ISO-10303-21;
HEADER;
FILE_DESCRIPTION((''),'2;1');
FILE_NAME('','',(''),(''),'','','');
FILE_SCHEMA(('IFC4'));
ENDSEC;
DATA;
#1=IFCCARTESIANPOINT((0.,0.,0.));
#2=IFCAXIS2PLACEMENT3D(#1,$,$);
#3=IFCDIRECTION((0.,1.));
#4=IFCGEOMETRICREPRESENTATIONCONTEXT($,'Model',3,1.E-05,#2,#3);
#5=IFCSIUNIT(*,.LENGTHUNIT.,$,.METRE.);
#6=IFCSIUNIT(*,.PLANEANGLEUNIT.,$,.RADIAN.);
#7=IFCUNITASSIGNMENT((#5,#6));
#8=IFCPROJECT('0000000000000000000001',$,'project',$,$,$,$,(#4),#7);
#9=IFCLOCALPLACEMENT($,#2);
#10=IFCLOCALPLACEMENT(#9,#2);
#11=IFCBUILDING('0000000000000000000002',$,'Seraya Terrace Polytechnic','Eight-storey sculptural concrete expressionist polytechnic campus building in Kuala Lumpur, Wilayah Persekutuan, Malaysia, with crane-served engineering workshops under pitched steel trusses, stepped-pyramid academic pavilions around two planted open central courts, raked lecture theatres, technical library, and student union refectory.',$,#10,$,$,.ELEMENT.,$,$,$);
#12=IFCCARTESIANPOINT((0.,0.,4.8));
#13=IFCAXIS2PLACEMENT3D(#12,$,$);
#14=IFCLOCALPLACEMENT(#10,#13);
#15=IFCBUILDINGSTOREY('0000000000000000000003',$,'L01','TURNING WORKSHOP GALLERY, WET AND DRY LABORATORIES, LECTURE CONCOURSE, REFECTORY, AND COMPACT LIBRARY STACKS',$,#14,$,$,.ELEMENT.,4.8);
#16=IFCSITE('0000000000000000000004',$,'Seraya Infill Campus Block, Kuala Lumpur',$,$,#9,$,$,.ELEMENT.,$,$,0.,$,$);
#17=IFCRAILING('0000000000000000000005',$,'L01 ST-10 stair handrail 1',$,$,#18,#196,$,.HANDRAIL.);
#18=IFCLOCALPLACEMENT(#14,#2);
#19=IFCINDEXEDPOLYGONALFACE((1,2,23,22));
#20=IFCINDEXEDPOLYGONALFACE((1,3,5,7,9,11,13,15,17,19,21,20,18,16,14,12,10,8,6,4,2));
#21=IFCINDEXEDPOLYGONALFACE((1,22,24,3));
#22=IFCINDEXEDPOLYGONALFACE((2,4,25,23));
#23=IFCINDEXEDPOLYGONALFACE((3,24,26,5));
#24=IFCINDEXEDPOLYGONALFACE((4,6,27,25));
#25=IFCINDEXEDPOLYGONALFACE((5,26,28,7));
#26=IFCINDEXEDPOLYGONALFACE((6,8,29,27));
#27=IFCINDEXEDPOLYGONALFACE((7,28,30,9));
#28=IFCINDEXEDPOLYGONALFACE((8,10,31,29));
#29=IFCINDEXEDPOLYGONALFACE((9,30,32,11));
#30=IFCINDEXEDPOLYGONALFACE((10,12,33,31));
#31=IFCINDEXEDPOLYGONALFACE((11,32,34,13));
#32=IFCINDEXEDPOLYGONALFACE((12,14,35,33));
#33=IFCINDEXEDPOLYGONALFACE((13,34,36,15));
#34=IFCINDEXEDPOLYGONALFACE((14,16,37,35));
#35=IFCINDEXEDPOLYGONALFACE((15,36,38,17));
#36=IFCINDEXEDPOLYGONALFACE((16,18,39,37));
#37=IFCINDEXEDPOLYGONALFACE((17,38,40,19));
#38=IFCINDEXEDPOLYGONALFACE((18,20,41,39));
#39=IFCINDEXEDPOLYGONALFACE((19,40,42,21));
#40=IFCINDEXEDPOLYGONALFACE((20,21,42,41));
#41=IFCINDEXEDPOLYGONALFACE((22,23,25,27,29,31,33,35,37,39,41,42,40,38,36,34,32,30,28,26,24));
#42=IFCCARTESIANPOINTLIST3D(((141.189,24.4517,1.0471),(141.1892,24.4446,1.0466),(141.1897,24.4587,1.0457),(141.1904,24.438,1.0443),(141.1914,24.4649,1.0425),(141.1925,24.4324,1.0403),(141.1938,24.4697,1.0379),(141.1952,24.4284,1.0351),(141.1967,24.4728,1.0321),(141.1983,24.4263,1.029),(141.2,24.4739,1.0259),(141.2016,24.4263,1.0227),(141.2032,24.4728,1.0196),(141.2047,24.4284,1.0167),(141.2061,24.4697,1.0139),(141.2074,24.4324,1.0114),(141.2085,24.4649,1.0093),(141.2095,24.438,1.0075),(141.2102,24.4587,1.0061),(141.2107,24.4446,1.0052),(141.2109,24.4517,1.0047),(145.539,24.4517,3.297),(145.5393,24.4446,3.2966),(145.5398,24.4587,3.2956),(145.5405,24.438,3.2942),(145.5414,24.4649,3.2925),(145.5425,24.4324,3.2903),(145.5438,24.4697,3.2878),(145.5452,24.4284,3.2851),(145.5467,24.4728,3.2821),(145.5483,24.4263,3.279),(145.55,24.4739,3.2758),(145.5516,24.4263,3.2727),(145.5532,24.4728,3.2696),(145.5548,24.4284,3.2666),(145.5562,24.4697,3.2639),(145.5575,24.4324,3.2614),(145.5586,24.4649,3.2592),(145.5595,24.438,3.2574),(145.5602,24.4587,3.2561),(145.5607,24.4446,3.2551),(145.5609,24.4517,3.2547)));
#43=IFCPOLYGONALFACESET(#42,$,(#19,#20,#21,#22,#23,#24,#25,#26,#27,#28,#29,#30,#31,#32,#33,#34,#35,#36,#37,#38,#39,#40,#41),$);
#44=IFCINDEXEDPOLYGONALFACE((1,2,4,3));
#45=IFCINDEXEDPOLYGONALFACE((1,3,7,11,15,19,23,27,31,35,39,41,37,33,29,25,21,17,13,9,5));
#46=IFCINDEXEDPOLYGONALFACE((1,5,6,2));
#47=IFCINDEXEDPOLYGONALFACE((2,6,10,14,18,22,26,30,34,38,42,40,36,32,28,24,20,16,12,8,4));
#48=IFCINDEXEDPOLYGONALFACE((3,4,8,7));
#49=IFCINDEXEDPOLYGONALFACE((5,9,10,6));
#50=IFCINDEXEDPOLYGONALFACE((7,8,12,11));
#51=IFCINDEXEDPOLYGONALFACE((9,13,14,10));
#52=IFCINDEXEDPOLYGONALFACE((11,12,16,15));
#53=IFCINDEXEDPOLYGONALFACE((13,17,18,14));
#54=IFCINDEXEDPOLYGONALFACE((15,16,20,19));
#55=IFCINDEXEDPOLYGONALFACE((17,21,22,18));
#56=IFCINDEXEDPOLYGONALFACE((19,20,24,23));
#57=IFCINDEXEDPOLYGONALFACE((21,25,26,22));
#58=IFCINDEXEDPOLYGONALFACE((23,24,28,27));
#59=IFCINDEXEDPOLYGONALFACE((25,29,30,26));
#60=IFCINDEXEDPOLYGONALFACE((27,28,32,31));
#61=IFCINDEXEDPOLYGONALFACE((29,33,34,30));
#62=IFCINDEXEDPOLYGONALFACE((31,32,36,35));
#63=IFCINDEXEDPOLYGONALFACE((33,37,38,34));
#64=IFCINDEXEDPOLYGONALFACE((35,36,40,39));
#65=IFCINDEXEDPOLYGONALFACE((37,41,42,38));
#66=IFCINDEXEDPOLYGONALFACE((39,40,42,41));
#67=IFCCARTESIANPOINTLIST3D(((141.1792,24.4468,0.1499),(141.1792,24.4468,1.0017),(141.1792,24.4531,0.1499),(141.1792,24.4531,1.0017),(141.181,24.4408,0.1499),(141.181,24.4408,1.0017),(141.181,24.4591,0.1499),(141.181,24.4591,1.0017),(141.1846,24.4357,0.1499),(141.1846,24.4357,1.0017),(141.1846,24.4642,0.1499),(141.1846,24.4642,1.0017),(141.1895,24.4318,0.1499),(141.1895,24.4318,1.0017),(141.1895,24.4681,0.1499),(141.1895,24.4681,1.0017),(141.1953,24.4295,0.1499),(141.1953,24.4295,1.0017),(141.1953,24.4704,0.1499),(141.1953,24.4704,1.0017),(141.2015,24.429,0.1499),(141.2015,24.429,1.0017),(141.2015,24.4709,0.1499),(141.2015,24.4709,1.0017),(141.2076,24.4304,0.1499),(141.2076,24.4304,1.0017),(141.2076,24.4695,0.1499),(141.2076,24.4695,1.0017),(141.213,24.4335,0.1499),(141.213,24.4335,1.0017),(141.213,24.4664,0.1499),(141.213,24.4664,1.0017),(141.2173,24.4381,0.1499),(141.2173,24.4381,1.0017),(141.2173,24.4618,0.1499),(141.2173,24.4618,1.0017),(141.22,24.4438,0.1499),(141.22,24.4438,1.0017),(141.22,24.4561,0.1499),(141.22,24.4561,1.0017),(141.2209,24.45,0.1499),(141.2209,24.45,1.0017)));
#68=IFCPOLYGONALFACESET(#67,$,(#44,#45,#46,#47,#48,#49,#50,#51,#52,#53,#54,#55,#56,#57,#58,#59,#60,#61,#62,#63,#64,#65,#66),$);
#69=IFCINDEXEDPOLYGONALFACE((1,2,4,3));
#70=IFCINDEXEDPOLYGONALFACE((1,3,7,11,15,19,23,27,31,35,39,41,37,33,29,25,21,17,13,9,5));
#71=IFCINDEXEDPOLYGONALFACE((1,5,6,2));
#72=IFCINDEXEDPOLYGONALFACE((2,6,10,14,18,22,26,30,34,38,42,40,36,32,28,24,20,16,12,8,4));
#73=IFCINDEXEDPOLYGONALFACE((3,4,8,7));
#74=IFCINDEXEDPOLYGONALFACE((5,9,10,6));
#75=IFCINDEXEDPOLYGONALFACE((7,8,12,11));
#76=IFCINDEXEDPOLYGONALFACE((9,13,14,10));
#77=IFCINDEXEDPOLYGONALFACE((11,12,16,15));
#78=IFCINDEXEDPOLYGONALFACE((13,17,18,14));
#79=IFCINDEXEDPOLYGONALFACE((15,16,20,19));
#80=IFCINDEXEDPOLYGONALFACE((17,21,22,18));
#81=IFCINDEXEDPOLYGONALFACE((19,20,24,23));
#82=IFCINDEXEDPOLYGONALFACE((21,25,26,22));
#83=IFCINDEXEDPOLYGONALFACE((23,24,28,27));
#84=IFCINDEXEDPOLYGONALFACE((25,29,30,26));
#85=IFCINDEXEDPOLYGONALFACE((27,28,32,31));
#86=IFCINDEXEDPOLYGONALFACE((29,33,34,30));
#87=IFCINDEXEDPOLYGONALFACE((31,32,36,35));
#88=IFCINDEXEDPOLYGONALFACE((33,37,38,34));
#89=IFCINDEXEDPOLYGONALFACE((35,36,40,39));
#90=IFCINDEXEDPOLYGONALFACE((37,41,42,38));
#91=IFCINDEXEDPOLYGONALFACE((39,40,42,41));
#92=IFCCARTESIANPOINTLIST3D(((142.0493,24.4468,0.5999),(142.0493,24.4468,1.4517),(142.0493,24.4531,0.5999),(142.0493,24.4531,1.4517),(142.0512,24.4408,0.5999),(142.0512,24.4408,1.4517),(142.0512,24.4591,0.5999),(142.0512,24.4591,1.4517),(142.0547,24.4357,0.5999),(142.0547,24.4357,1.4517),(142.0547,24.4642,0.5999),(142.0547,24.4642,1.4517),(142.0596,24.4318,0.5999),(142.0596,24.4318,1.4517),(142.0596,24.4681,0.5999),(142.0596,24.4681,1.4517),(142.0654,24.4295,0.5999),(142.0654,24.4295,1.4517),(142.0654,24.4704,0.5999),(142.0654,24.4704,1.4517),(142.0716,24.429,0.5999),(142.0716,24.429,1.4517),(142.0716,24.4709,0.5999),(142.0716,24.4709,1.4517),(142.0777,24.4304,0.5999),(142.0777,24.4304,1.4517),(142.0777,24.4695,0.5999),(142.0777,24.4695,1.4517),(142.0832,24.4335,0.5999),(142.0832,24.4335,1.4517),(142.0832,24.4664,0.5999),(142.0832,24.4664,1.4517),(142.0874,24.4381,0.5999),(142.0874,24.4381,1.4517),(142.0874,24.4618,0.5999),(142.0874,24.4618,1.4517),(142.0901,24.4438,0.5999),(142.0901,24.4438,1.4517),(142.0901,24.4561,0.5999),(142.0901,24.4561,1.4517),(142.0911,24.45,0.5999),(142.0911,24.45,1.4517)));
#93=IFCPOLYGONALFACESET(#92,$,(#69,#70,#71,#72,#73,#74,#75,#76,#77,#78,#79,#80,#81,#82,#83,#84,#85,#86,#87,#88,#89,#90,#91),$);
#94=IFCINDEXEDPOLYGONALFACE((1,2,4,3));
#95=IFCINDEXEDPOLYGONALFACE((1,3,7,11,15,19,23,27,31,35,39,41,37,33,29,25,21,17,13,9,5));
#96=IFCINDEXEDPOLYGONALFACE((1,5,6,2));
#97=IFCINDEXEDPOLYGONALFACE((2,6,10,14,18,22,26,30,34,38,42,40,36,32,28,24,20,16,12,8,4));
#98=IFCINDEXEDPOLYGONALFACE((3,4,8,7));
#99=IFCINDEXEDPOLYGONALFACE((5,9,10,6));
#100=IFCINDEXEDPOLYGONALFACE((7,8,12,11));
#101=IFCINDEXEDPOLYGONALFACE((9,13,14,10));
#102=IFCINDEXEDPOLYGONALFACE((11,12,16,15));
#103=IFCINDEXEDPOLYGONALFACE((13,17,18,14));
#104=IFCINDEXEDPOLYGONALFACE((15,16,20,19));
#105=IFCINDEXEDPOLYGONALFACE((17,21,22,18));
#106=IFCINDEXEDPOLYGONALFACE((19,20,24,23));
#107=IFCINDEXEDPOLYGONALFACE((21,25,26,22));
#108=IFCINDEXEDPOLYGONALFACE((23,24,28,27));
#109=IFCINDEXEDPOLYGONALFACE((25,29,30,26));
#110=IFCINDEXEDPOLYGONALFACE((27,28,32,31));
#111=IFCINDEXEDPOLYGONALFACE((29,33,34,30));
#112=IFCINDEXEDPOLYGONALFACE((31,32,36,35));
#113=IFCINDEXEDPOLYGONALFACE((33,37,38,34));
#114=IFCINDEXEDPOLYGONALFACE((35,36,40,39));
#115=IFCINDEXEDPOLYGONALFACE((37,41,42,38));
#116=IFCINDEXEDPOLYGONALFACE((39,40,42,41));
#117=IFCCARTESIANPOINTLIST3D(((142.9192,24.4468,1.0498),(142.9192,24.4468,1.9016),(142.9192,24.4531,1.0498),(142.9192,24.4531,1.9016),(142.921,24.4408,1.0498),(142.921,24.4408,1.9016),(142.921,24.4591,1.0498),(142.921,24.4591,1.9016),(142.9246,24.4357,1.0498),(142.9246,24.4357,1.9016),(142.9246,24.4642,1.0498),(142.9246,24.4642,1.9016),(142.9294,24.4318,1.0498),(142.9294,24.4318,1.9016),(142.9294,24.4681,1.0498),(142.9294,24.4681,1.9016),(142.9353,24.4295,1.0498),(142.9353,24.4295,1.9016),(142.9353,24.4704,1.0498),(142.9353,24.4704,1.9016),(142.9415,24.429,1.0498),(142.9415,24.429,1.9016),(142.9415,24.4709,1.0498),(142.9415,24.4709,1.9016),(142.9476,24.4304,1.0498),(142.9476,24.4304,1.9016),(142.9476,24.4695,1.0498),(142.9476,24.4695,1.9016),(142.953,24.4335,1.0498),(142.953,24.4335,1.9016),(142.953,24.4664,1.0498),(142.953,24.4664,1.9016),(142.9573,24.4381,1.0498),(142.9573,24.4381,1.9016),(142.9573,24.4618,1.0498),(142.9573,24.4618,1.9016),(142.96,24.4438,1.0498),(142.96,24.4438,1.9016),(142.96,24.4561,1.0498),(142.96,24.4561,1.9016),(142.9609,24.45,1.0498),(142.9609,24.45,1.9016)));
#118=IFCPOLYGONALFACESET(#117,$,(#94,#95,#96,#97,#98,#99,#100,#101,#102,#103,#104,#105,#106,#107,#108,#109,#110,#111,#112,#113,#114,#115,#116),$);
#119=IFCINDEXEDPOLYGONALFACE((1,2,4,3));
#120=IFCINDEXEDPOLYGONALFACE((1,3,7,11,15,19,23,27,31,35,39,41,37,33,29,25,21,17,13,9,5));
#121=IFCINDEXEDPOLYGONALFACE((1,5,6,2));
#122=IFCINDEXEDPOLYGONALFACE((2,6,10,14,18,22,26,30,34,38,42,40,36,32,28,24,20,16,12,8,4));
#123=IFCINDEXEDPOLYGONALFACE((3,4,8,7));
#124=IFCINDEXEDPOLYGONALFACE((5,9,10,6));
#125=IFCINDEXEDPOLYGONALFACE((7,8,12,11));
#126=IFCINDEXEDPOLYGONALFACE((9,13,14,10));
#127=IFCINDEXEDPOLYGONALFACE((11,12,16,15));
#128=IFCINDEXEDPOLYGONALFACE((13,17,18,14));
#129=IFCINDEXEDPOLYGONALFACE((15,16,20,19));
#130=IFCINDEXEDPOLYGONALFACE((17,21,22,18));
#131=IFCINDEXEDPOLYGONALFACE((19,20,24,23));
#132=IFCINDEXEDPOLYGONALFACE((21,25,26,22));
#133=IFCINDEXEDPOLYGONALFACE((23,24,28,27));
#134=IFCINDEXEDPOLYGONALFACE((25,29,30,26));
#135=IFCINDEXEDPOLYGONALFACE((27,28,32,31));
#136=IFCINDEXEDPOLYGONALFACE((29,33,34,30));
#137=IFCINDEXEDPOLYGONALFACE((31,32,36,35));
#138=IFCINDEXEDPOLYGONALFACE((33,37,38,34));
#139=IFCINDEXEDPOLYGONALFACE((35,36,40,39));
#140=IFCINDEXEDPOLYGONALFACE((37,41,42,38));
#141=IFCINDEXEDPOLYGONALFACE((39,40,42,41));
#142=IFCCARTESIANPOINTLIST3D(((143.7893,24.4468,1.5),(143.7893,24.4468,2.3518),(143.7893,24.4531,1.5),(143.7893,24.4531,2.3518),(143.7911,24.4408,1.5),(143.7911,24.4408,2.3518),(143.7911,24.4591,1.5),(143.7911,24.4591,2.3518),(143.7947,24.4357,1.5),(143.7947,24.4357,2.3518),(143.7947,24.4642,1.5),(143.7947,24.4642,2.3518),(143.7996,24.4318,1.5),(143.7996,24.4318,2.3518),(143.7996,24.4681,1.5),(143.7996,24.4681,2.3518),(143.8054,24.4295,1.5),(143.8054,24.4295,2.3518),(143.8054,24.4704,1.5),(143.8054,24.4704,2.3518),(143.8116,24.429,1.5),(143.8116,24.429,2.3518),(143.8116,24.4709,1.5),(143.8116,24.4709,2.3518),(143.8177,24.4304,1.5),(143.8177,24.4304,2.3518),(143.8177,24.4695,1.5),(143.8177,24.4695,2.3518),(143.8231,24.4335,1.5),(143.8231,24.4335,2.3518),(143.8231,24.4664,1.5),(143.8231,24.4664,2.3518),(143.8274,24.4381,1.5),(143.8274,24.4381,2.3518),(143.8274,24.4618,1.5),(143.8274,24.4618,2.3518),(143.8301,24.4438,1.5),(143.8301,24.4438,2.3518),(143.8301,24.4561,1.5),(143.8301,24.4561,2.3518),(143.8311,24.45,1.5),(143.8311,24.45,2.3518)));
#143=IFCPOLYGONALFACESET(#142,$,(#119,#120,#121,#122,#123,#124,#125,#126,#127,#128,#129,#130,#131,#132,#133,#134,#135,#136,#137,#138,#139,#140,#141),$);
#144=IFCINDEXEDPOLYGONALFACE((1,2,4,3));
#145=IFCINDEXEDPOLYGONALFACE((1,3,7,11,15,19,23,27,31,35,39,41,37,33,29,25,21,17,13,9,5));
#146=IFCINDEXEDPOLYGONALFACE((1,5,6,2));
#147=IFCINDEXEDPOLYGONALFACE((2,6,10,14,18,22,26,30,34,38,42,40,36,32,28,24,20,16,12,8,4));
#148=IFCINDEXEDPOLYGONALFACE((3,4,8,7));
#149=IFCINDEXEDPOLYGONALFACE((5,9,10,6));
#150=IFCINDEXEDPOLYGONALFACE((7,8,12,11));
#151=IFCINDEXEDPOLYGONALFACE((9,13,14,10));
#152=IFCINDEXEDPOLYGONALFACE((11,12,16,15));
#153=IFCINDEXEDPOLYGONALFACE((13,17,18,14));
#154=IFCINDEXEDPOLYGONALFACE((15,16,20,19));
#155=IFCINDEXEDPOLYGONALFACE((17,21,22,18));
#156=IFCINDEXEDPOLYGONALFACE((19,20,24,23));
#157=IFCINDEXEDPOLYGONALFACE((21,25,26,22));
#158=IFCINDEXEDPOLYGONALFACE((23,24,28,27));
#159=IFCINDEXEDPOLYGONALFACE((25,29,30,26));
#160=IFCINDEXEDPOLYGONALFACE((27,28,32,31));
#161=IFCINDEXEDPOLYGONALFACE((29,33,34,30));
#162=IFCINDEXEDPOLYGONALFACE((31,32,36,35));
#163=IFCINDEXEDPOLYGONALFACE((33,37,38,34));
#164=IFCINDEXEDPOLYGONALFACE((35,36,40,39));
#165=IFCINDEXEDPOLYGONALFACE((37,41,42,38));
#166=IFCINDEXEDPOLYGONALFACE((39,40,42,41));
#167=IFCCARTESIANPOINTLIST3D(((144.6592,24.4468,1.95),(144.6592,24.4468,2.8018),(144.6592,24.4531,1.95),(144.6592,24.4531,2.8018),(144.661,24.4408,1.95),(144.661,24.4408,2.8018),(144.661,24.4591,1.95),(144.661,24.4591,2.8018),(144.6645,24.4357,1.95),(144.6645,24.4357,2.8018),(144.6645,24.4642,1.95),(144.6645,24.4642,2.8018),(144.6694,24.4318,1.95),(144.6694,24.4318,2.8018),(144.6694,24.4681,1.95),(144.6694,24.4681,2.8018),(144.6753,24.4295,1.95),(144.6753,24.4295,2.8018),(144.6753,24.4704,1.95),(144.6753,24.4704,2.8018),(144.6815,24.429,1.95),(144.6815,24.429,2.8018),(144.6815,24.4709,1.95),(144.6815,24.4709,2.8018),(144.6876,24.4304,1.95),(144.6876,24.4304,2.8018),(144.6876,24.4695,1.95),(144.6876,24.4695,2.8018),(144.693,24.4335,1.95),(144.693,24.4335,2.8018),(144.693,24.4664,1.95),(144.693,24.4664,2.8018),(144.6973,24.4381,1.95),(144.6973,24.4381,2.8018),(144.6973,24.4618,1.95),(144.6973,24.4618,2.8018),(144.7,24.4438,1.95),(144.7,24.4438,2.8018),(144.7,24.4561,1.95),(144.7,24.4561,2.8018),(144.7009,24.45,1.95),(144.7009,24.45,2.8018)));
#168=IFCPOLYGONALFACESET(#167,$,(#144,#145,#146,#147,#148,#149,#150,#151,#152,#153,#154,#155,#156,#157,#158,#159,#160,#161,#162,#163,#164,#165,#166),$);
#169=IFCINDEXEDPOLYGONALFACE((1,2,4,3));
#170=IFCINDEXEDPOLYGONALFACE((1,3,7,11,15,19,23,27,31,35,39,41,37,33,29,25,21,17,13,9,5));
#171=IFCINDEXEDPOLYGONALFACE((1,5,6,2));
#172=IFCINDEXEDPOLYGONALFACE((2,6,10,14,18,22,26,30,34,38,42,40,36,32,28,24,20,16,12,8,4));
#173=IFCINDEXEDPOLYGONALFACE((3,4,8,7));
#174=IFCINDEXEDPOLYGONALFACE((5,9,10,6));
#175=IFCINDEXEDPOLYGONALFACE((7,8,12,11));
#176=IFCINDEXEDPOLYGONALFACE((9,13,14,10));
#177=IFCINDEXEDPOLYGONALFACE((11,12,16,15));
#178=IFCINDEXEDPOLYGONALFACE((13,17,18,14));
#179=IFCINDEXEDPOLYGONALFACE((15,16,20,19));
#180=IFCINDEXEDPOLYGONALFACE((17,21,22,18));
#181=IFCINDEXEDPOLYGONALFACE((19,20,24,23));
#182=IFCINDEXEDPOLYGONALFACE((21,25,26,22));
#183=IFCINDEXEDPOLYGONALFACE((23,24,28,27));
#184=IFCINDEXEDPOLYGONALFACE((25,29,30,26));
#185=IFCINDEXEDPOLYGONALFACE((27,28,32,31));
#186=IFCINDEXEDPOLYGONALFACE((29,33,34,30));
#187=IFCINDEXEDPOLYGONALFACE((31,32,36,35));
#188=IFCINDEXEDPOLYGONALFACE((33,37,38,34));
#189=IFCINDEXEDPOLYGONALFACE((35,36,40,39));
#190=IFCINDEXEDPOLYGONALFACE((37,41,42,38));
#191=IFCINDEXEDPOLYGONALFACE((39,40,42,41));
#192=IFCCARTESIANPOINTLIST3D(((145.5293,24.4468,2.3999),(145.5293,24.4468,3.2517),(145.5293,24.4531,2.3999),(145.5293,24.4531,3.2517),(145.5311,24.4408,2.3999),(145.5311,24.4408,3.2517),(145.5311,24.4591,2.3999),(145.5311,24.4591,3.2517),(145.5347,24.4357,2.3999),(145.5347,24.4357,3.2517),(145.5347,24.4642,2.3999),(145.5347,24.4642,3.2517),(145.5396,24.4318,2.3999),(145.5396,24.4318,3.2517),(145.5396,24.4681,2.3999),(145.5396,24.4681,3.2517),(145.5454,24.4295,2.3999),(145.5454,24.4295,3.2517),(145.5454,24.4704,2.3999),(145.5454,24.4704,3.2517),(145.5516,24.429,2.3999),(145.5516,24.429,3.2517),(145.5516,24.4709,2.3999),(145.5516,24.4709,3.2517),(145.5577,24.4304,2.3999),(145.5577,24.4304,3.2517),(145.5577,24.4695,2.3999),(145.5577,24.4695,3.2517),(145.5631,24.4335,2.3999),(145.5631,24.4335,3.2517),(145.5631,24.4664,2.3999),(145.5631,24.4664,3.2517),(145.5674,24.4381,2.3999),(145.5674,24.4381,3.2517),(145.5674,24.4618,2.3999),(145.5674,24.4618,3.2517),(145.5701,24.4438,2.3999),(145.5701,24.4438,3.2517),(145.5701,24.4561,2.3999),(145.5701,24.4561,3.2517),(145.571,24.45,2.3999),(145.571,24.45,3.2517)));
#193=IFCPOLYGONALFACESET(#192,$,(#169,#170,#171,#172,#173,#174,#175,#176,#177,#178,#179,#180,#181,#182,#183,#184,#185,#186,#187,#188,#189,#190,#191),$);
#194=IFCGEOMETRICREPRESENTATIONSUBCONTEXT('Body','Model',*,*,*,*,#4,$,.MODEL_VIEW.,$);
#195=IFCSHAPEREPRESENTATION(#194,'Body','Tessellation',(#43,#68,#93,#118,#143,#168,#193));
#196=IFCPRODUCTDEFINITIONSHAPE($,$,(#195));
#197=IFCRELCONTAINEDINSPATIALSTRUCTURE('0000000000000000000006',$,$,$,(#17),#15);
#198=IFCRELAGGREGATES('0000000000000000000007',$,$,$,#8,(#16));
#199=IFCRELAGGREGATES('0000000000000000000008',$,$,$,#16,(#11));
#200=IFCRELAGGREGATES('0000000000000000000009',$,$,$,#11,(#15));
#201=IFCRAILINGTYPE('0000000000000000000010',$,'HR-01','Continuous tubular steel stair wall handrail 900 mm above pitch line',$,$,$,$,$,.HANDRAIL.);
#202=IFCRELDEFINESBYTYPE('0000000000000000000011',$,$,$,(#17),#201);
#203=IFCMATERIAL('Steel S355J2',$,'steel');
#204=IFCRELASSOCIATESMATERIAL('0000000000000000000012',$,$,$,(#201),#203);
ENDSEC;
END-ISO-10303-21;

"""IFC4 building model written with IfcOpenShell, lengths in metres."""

from ifc_helpers import new_model, si_unit, direction, frame, origin, origin_2d, place, context, subcontext, project, spatial, circle, extrude, material, type_object, element, save


model = new_model("IFC4")

# Units and contexts
model_context = context("Model", 3, precision=1e-05, world=origin(), true_north=direction((0.0, 1.0)))
body_context = subcontext(model_context, "Body", "Model", "MODEL_VIEW")
ifc_project = project(units=[si_unit("LENGTHUNIT", "METRE"), si_unit("PLANEANGLEUNIT", "RADIAN")], contexts=[model_context])

# Site, building, storey
site_placement = place(None, origin())
site = spatial("IfcSite", under=ifc_project, at=site_placement, Name="Seraya Infill Campus Block, Kuala Lumpur", CompositionType="ELEMENT", RefElevation=0.0)
building_placement = place(site_placement, origin())
building = spatial("IfcBuilding", under=site, at=building_placement, Name="Seraya Terrace Polytechnic", Description="Eight-storey sculptural concrete expressionist polytechnic campus building in Kuala Lumpur, Wilayah Persekutuan, Malaysia, with crane-served engineering workshops under pitched steel trusses, stepped-pyramid academic pavilions around two planted open central courts, raked lecture theatres, technical library, and student union refectory.", CompositionType="ELEMENT")
storey_placement = place(building_placement, frame((0.0, 0.0, 4.8)))
storey = spatial("IfcBuildingStorey", under=building, at=storey_placement, Name="L01", Description="TURNING WORKSHOP GALLERY, WET AND DRY LABORATORIES, LECTURE CONCOURSE, REFECTORY, AND COMPACT LIBRARY STACKS", CompositionType="ELEMENT", Elevation=4.8)

# Shared definitions
ifc_material_1 = material(Name="Steel S355J2", Category="steel")

# Railing
railing_type_1 = type_object("IfcRailingType", Name="HR-01", Description="Continuous tubular steel stair wall handrail 900 mm above pitch line", PredefinedType="HANDRAIL", material=ifc_material_1)
railing_1_placement = place(storey_placement, frame((141.2, 24.45, 0.1499)))
element("IfcRailing", 1, at=railing_1_placement, inside=storey, type_object=railing_type_1, Name="L01 ST-10 stair handrail 1", PredefinedType="HANDRAIL", context=body_context, shape_type="SweptSolid", body=[
    extrude(circle(Radius=0.0239, at=origin_2d()), frame((0.0, 0.0, 0.876), z_axis=(0.888222, 0.0, 0.459415), x_axis=(0.0, 1.0, 0.0)), (0.0, 0.0, 1.0), 4.8975),
    extrude(circle(Radius=0.021, at=origin_2d()), origin(), (0.0, 0.0, 1.0), 0.8518),
    extrude(circle(Radius=0.021, at=origin_2d()), frame((0.8701, 0.0, 0.45)), (0.0, 0.0, 1.0), 0.8518),
    extrude(circle(Radius=0.021, at=origin_2d()), frame((1.74, 0.0, 0.8999)), (0.0, 0.0, 1.0), 0.8518),
    extrude(circle(Radius=0.021, at=origin_2d()), frame((2.6101, 0.0, 1.3501)), (0.0, 0.0, 1.0), 0.8518),
    extrude(circle(Radius=0.021, at=origin_2d()), frame((3.48, 0.0, 1.8)), (0.0, 0.0, 1.0), 0.8518),
    extrude(circle(Radius=0.021, at=origin_2d()), frame((4.3501, 0.0, 2.25)), (0.0, 0.0, 1.0), 0.8518),
])

save(model, "model.ifc")
